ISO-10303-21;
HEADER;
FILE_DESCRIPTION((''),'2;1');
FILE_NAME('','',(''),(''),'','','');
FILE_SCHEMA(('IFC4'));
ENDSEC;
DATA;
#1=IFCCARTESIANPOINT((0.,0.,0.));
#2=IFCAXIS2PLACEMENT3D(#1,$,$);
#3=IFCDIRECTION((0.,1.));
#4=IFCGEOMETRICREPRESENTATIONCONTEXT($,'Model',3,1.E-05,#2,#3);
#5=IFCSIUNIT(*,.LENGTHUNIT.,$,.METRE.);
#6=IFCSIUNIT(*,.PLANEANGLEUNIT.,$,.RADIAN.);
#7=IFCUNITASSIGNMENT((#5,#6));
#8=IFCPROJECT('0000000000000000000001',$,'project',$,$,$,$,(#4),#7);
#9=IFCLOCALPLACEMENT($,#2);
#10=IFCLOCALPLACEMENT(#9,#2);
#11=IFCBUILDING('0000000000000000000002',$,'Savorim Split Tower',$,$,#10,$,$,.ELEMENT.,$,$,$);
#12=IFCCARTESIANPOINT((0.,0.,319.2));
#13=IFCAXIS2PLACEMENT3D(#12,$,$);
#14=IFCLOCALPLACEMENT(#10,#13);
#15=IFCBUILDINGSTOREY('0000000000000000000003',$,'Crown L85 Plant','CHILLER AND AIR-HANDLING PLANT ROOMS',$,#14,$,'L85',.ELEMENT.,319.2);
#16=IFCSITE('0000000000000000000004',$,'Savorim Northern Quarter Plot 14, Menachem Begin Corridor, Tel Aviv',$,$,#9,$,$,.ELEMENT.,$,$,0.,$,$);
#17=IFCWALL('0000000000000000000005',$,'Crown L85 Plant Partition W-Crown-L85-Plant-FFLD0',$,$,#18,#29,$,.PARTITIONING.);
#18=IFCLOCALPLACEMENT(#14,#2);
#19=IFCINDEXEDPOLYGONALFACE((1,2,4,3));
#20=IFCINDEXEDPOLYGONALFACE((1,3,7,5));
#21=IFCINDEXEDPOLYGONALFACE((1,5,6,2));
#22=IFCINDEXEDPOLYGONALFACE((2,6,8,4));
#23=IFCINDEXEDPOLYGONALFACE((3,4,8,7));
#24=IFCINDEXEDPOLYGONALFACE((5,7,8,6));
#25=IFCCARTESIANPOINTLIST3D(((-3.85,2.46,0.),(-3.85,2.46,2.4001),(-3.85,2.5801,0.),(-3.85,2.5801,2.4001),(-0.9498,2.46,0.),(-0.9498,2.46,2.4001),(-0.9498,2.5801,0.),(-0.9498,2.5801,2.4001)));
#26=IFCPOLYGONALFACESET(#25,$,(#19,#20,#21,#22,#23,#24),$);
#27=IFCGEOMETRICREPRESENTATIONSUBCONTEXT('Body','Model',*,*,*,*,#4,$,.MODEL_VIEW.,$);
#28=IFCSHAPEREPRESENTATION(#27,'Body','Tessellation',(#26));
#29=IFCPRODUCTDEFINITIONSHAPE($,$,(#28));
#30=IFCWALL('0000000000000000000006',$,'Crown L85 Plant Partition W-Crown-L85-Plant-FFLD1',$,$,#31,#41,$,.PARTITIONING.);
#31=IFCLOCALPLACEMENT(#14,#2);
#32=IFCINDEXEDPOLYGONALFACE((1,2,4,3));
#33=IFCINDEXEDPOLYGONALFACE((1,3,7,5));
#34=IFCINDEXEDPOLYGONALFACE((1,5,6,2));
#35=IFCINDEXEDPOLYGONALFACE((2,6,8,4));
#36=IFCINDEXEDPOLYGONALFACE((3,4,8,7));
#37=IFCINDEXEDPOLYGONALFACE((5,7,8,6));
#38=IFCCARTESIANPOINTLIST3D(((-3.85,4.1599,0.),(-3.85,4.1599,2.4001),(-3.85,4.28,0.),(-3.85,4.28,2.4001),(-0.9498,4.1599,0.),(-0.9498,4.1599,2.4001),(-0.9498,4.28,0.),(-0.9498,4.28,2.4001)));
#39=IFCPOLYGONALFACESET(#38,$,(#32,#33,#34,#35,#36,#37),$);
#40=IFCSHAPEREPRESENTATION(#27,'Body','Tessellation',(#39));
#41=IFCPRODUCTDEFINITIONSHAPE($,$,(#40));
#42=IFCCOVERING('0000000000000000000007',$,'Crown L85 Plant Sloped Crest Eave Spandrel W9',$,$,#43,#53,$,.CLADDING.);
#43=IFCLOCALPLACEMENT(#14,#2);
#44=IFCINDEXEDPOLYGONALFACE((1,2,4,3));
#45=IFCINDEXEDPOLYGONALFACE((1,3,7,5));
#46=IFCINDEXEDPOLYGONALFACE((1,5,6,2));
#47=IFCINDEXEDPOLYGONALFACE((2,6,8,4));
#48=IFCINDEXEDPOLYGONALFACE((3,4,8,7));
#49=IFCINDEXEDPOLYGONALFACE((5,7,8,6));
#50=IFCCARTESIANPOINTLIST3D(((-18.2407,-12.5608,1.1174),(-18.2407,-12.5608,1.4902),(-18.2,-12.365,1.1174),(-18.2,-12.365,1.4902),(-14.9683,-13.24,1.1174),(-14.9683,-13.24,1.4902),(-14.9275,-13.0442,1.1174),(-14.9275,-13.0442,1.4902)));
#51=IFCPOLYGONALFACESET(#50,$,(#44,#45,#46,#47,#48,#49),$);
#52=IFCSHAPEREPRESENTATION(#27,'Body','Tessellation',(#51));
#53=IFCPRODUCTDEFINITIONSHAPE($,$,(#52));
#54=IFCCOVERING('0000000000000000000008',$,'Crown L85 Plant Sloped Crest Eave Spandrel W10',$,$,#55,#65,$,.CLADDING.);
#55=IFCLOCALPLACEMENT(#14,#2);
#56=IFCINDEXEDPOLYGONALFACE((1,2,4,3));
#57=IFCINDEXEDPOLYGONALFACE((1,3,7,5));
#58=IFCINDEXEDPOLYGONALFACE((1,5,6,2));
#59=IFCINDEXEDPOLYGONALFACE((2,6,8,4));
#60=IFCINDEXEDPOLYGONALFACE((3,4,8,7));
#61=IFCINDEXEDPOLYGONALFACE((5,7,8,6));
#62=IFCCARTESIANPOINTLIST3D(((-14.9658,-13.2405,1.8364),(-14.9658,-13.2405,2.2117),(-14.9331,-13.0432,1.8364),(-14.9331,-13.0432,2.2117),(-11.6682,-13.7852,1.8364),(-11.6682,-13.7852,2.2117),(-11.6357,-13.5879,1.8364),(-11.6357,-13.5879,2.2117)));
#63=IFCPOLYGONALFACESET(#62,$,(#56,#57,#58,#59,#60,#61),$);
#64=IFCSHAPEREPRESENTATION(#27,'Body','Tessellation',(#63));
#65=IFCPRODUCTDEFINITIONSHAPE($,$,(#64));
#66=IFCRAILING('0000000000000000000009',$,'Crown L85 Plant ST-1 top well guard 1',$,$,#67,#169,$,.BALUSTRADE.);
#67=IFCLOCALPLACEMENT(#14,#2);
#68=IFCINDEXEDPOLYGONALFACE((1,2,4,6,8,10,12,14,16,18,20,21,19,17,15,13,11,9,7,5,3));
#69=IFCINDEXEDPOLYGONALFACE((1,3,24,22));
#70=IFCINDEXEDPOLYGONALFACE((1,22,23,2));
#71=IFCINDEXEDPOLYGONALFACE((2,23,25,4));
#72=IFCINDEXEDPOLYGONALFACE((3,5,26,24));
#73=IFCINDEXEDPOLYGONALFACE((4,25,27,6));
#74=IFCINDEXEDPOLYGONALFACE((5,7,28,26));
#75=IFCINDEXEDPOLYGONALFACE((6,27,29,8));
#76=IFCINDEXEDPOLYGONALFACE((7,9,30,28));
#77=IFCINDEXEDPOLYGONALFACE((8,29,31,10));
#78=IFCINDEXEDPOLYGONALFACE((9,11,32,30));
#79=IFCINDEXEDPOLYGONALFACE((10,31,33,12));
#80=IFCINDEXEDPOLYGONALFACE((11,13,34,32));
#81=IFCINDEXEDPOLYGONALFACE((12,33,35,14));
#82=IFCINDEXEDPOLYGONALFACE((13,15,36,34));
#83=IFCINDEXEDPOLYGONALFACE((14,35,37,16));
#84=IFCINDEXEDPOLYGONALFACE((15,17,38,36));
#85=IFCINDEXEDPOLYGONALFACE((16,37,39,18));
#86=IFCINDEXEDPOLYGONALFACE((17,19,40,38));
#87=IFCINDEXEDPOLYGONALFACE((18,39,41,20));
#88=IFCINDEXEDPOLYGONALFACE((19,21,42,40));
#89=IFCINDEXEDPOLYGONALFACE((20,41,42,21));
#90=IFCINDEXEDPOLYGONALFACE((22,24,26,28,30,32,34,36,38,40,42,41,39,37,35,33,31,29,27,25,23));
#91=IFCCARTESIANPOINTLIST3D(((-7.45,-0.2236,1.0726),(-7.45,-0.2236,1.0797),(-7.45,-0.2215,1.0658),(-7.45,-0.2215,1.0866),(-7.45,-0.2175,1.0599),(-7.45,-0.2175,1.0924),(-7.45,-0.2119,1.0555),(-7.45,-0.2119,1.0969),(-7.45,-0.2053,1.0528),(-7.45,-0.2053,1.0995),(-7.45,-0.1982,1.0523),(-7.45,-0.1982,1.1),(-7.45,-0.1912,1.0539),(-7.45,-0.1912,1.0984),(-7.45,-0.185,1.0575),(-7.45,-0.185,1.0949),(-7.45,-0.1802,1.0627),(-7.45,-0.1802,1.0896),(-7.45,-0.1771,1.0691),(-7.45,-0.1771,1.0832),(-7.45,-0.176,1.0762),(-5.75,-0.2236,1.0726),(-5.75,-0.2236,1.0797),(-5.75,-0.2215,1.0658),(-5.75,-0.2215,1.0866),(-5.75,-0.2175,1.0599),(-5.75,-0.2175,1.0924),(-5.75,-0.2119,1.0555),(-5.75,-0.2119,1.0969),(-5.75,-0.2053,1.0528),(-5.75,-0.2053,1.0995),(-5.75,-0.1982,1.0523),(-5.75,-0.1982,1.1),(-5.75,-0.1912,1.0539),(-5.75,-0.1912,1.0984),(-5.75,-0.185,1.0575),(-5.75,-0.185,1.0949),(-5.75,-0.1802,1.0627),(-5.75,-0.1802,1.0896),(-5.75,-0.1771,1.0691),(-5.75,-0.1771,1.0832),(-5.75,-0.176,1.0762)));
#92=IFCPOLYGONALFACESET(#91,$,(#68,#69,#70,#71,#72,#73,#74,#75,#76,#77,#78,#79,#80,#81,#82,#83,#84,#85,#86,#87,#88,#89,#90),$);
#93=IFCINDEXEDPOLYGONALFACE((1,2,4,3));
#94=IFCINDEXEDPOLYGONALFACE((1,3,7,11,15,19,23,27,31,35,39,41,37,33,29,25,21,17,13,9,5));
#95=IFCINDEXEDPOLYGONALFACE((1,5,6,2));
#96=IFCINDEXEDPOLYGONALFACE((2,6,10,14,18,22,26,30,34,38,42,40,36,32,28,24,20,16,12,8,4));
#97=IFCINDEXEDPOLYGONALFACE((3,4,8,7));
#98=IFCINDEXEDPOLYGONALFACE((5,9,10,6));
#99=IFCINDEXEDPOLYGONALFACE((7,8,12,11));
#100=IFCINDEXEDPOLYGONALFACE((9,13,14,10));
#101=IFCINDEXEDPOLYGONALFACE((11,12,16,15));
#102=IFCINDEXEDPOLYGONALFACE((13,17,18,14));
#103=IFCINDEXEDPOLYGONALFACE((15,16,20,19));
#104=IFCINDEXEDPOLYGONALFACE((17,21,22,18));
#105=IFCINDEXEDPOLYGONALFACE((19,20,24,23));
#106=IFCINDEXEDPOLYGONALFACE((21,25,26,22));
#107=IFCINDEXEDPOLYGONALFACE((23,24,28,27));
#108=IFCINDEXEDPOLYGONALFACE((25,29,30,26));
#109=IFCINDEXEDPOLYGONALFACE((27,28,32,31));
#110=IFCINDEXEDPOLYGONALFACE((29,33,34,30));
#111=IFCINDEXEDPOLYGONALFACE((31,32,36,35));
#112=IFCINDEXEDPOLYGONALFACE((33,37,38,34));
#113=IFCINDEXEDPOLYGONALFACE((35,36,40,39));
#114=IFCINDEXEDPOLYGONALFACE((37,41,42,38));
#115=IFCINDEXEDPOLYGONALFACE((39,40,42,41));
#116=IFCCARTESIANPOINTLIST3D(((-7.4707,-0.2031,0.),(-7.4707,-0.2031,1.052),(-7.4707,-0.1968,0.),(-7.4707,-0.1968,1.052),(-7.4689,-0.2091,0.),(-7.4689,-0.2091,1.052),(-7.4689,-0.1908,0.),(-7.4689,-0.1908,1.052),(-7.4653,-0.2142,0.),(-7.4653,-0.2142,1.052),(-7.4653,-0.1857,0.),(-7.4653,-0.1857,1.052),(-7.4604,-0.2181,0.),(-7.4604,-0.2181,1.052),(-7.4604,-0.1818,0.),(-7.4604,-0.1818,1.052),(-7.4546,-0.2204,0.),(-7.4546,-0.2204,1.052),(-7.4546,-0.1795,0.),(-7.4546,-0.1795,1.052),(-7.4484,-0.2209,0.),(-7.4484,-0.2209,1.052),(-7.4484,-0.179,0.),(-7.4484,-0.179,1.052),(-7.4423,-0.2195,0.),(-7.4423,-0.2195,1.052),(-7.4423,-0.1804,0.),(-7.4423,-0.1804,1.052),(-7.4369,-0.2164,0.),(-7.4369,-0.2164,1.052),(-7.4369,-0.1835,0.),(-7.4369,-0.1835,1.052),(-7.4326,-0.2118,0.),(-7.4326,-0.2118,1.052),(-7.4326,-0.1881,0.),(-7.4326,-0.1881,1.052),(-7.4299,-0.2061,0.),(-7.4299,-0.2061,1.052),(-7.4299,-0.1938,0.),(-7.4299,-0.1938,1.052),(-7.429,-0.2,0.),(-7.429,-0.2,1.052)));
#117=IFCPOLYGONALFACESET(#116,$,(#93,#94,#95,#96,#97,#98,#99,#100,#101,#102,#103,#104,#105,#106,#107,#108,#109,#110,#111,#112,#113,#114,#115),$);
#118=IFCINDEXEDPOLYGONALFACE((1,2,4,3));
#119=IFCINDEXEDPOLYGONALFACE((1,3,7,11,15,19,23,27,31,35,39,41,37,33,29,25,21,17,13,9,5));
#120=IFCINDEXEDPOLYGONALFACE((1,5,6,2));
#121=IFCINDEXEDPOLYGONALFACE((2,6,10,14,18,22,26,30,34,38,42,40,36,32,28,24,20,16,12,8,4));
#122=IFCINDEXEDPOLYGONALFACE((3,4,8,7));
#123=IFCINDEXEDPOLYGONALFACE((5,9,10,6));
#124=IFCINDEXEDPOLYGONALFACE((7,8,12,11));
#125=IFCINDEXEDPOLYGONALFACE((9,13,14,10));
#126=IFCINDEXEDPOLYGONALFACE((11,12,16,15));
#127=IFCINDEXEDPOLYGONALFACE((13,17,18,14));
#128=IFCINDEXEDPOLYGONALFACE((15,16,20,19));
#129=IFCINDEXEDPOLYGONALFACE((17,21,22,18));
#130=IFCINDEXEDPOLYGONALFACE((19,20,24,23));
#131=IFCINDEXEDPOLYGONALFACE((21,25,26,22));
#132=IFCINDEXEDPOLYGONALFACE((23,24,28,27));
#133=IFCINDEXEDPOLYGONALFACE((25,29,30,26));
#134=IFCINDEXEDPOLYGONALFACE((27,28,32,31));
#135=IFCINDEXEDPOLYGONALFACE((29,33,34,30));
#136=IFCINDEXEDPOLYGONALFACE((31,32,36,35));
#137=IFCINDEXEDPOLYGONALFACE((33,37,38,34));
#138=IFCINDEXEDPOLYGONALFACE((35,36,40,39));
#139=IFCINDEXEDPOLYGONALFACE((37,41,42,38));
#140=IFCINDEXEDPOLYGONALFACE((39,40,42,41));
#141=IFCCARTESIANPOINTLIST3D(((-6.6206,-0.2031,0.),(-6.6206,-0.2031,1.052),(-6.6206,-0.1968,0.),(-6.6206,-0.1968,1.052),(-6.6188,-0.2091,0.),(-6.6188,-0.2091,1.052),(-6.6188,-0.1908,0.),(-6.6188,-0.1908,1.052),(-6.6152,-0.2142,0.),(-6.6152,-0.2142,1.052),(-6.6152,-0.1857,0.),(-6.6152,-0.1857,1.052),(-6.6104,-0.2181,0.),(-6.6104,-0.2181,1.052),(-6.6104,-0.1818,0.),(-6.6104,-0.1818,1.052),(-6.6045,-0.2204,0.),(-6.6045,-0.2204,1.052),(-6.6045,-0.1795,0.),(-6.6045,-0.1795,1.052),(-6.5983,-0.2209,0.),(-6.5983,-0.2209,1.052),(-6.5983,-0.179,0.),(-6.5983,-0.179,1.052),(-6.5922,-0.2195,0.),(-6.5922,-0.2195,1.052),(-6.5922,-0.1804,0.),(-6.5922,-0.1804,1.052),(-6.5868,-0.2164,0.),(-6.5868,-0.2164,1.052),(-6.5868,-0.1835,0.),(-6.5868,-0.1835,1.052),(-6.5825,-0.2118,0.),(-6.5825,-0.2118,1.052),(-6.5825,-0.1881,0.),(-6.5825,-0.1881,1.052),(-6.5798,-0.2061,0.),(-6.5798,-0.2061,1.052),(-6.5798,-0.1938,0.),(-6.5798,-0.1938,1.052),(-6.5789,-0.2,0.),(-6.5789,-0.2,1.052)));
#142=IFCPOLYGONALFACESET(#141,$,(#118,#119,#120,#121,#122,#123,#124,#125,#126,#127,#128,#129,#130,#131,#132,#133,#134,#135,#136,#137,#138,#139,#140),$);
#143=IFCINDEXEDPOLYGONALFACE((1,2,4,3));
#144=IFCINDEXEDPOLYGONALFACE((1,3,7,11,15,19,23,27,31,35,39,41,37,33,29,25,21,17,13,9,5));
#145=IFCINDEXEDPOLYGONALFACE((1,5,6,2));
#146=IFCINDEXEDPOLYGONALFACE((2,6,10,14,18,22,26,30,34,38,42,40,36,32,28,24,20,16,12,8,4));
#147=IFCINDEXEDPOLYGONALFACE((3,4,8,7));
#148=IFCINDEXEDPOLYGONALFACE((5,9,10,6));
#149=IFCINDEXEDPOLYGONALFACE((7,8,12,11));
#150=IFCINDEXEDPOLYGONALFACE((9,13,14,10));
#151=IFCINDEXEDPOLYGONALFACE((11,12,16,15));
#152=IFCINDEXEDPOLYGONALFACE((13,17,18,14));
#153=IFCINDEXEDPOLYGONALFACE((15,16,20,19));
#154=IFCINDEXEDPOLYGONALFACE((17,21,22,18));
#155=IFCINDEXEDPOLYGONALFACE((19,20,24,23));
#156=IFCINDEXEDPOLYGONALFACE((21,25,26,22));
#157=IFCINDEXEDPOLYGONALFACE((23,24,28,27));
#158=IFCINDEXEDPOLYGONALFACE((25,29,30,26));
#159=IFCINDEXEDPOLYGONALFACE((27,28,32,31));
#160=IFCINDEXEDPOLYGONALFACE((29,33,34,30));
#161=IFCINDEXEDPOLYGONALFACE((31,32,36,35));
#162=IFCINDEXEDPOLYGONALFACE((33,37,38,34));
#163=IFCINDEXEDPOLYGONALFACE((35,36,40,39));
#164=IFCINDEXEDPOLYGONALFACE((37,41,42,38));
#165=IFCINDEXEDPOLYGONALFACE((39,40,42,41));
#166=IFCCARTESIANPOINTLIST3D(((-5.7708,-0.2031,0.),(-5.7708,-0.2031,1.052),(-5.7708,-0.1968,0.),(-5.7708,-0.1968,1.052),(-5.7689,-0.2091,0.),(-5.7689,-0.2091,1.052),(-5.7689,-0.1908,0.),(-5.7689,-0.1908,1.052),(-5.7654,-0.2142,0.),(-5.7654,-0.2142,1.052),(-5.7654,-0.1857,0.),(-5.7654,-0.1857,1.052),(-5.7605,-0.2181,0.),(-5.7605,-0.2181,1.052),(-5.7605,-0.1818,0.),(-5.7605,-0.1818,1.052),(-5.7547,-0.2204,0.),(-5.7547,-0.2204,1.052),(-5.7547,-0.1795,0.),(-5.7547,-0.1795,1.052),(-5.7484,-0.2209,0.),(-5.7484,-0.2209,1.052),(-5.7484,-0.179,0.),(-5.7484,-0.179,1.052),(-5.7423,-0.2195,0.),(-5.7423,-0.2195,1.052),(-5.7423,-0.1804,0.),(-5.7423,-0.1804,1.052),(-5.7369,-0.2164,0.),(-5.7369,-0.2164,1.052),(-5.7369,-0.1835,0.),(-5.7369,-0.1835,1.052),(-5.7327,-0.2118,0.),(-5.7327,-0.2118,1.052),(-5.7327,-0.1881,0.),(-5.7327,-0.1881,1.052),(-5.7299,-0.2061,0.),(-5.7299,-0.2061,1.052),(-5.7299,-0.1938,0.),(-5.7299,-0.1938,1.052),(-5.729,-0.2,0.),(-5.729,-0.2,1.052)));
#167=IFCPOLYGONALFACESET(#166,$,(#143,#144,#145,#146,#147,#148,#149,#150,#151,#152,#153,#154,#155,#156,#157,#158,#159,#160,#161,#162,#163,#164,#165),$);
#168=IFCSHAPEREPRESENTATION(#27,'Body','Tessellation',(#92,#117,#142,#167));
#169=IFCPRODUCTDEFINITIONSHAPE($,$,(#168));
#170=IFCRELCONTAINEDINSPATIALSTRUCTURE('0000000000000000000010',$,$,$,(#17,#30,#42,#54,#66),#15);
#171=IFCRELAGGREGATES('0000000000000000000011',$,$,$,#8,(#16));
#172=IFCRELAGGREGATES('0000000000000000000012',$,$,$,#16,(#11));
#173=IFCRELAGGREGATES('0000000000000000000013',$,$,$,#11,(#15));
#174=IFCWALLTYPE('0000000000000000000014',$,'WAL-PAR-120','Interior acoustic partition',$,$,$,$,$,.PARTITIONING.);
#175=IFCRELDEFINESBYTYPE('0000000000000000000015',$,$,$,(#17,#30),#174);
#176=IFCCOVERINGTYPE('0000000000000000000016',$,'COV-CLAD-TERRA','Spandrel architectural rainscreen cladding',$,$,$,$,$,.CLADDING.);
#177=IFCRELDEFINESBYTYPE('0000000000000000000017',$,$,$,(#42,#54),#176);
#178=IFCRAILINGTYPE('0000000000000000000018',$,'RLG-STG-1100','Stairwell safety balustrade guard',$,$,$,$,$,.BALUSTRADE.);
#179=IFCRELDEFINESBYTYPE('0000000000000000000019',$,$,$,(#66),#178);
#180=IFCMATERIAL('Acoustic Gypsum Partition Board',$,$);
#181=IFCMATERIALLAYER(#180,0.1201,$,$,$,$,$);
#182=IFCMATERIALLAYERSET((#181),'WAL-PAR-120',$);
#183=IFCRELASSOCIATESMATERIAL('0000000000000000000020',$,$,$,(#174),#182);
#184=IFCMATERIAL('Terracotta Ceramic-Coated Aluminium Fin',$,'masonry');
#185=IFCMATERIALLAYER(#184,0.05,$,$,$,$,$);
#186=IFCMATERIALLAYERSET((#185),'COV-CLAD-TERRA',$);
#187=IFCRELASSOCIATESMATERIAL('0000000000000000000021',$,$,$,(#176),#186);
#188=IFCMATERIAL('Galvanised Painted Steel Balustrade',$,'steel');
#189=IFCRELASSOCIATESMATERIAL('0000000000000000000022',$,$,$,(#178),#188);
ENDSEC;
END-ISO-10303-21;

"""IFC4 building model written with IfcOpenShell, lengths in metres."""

from ifc_helpers import new_model, si_unit, direction, frame, frame_2d, origin, origin_2d, place, context, subcontext, project, spatial, polyline, rectangle, circle, outline, extrude, material, layer, layer_set, type_object, element, save


model = new_model("IFC4")

# Units and contexts
model_context = context("Model", 3, precision=1e-05, world=origin(), true_north=direction((0.0, 1.0)))
body_context = subcontext(model_context, "Body", "Model", "MODEL_VIEW")
ifc_project = project(units=[si_unit("LENGTHUNIT", "METRE"), si_unit("PLANEANGLEUNIT", "RADIAN")], contexts=[model_context])

# Site, building, storey
site_placement = place(None, origin())
site = spatial("IfcSite", under=ifc_project, at=site_placement, Name="Savorim Northern Quarter Plot 14, Menachem Begin Corridor, Tel Aviv", CompositionType="ELEMENT", RefElevation=0.0)
building_placement = place(site_placement, origin())
building = spatial("IfcBuilding", under=site, at=building_placement, Name="Savorim Split Tower", CompositionType="ELEMENT")
storey_placement = place(building_placement, frame((0.0, 0.0, 319.2)))
storey = spatial("IfcBuildingStorey", under=building, at=storey_placement, Name="Crown L85 Plant", Description="CHILLER AND AIR-HANDLING PLANT ROOMS", LongName="L85", CompositionType="ELEMENT", Elevation=319.2)

# Walls
ifc_material_1 = material(Name="Acoustic Gypsum Partition Board")
ifc_layer_1 = layer(ifc_material_1, 0.1201)
ifc_layer_set_1 = layer_set([ifc_layer_1], Name="WAL-PAR-120")
wall_type_1 = type_object("IfcWallType", Name="WAL-PAR-120", Description="Interior acoustic partition", PredefinedType="PARTITIONING", material=ifc_layer_set_1)
for number, where, z_axis, x_axis, name in (
    (1, (-3.8501, 2.52, 0.0), (0.0, 0.0, 1.0), (1.0, 0.0, 0.0), "Crown L85 Plant Partition W-Crown-L85-Plant-FFLD0"),
    (2, (-3.8501, 4.22, 0.0), (0.0, 0.0, 1.0), (1.0, 0.0, 0.0), "Crown L85 Plant Partition W-Crown-L85-Plant-FFLD1"),
):
    element("IfcWall", number, at=place(storey_placement, frame(where, z_axis=z_axis, x_axis=x_axis)), inside=storey, type_object=wall_type_1, Name=name, PredefinedType="PARTITIONING", context=body_context, shape_type="SweptSolid", body=[
        extrude(rectangle(XDim=2.9001, YDim=0.1201, at=frame_2d((1.4502, 0.0))), origin(), (0.0, 0.0, 1.0), 2.4001),
    ])

# Coverings
ifc_material_2 = material(Name="Terracotta Ceramic-Coated Aluminium Fin", Category="masonry")
ifc_layer_2 = layer(ifc_material_2, 0.05)
ifc_layer_set_2 = layer_set([ifc_layer_2], Name="COV-CLAD-TERRA")
covering_type = type_object("IfcCoveringType", Name="COV-CLAD-TERRA", Description="Spandrel architectural rainscreen cladding", PredefinedType="CLADDING", material=ifc_layer_set_2)
covering_1_placement = place(storey_placement, frame((0.0, 0.0, 1.1174)))
element("IfcCovering", 3, at=covering_1_placement, inside=storey, type_object=covering_type, Name="Crown L85 Plant Sloped Crest Eave Spandrel W9", PredefinedType="CLADDING", context=body_context, shape_type="SweptSolid", body=[
    extrude(outline(polyline([(-18.2407, -12.5608), (-14.9683, -13.24), (-14.9275, -13.0442), (-18.2, -12.365), (-18.2407, -12.5608)])), origin(), (0.0, 0.0, 1.0), 0.3728),
])
covering_2_placement = place(storey_placement, frame((0.0, 0.0, 1.8364)))
element("IfcCovering", 4, at=covering_2_placement, inside=storey, type_object=covering_type, Name="Crown L85 Plant Sloped Crest Eave Spandrel W10", PredefinedType="CLADDING", context=body_context, shape_type="SweptSolid", body=[
    extrude(outline(polyline([(-14.9658, -13.2405), (-11.6682, -13.7852), (-11.6357, -13.5879), (-14.9331, -13.0432), (-14.9658, -13.2405)])), origin(), (0.0, 0.0, 1.0), 0.3752),
])

# Railing
ifc_material_3 = material(Name="Galvanised Painted Steel Balustrade", Category="steel")
railing_type = type_object("IfcRailingType", Name="RLG-STG-1100", Description="Stairwell safety balustrade guard", PredefinedType="BALUSTRADE", material=ifc_material_3)
railing_placement = place(storey_placement, frame((-7.45, -0.2, 0.0)))
element("IfcRailing", 5, at=railing_placement, inside=storey, type_object=railing_type, Name="Crown L85 Plant ST-1 top well guard 1", PredefinedType="BALUSTRADE", context=body_context, shape_type="SweptSolid", body=[
    extrude(circle(Radius=0.0239, at=origin_2d()), frame((0.0, 0.0, 1.0762), z_axis=(1.0, 0.0, 0.0), x_axis=(0.0, 1.0, 0.0)), (0.0, 0.0, 1.0), 1.7),
    extrude(circle(Radius=0.021, at=origin_2d()), origin(), (0.0, 0.0, 1.0), 1.052),
    extrude(circle(Radius=0.021, at=origin_2d()), frame((0.8501, 0.0, 0.0)), (0.0, 0.0, 1.0), 1.052),
    extrude(circle(Radius=0.021, at=origin_2d()), frame((1.7, 0.0, 0.0)), (0.0, 0.0, 1.0), 1.052),
])

save(model, "model.ifc")
